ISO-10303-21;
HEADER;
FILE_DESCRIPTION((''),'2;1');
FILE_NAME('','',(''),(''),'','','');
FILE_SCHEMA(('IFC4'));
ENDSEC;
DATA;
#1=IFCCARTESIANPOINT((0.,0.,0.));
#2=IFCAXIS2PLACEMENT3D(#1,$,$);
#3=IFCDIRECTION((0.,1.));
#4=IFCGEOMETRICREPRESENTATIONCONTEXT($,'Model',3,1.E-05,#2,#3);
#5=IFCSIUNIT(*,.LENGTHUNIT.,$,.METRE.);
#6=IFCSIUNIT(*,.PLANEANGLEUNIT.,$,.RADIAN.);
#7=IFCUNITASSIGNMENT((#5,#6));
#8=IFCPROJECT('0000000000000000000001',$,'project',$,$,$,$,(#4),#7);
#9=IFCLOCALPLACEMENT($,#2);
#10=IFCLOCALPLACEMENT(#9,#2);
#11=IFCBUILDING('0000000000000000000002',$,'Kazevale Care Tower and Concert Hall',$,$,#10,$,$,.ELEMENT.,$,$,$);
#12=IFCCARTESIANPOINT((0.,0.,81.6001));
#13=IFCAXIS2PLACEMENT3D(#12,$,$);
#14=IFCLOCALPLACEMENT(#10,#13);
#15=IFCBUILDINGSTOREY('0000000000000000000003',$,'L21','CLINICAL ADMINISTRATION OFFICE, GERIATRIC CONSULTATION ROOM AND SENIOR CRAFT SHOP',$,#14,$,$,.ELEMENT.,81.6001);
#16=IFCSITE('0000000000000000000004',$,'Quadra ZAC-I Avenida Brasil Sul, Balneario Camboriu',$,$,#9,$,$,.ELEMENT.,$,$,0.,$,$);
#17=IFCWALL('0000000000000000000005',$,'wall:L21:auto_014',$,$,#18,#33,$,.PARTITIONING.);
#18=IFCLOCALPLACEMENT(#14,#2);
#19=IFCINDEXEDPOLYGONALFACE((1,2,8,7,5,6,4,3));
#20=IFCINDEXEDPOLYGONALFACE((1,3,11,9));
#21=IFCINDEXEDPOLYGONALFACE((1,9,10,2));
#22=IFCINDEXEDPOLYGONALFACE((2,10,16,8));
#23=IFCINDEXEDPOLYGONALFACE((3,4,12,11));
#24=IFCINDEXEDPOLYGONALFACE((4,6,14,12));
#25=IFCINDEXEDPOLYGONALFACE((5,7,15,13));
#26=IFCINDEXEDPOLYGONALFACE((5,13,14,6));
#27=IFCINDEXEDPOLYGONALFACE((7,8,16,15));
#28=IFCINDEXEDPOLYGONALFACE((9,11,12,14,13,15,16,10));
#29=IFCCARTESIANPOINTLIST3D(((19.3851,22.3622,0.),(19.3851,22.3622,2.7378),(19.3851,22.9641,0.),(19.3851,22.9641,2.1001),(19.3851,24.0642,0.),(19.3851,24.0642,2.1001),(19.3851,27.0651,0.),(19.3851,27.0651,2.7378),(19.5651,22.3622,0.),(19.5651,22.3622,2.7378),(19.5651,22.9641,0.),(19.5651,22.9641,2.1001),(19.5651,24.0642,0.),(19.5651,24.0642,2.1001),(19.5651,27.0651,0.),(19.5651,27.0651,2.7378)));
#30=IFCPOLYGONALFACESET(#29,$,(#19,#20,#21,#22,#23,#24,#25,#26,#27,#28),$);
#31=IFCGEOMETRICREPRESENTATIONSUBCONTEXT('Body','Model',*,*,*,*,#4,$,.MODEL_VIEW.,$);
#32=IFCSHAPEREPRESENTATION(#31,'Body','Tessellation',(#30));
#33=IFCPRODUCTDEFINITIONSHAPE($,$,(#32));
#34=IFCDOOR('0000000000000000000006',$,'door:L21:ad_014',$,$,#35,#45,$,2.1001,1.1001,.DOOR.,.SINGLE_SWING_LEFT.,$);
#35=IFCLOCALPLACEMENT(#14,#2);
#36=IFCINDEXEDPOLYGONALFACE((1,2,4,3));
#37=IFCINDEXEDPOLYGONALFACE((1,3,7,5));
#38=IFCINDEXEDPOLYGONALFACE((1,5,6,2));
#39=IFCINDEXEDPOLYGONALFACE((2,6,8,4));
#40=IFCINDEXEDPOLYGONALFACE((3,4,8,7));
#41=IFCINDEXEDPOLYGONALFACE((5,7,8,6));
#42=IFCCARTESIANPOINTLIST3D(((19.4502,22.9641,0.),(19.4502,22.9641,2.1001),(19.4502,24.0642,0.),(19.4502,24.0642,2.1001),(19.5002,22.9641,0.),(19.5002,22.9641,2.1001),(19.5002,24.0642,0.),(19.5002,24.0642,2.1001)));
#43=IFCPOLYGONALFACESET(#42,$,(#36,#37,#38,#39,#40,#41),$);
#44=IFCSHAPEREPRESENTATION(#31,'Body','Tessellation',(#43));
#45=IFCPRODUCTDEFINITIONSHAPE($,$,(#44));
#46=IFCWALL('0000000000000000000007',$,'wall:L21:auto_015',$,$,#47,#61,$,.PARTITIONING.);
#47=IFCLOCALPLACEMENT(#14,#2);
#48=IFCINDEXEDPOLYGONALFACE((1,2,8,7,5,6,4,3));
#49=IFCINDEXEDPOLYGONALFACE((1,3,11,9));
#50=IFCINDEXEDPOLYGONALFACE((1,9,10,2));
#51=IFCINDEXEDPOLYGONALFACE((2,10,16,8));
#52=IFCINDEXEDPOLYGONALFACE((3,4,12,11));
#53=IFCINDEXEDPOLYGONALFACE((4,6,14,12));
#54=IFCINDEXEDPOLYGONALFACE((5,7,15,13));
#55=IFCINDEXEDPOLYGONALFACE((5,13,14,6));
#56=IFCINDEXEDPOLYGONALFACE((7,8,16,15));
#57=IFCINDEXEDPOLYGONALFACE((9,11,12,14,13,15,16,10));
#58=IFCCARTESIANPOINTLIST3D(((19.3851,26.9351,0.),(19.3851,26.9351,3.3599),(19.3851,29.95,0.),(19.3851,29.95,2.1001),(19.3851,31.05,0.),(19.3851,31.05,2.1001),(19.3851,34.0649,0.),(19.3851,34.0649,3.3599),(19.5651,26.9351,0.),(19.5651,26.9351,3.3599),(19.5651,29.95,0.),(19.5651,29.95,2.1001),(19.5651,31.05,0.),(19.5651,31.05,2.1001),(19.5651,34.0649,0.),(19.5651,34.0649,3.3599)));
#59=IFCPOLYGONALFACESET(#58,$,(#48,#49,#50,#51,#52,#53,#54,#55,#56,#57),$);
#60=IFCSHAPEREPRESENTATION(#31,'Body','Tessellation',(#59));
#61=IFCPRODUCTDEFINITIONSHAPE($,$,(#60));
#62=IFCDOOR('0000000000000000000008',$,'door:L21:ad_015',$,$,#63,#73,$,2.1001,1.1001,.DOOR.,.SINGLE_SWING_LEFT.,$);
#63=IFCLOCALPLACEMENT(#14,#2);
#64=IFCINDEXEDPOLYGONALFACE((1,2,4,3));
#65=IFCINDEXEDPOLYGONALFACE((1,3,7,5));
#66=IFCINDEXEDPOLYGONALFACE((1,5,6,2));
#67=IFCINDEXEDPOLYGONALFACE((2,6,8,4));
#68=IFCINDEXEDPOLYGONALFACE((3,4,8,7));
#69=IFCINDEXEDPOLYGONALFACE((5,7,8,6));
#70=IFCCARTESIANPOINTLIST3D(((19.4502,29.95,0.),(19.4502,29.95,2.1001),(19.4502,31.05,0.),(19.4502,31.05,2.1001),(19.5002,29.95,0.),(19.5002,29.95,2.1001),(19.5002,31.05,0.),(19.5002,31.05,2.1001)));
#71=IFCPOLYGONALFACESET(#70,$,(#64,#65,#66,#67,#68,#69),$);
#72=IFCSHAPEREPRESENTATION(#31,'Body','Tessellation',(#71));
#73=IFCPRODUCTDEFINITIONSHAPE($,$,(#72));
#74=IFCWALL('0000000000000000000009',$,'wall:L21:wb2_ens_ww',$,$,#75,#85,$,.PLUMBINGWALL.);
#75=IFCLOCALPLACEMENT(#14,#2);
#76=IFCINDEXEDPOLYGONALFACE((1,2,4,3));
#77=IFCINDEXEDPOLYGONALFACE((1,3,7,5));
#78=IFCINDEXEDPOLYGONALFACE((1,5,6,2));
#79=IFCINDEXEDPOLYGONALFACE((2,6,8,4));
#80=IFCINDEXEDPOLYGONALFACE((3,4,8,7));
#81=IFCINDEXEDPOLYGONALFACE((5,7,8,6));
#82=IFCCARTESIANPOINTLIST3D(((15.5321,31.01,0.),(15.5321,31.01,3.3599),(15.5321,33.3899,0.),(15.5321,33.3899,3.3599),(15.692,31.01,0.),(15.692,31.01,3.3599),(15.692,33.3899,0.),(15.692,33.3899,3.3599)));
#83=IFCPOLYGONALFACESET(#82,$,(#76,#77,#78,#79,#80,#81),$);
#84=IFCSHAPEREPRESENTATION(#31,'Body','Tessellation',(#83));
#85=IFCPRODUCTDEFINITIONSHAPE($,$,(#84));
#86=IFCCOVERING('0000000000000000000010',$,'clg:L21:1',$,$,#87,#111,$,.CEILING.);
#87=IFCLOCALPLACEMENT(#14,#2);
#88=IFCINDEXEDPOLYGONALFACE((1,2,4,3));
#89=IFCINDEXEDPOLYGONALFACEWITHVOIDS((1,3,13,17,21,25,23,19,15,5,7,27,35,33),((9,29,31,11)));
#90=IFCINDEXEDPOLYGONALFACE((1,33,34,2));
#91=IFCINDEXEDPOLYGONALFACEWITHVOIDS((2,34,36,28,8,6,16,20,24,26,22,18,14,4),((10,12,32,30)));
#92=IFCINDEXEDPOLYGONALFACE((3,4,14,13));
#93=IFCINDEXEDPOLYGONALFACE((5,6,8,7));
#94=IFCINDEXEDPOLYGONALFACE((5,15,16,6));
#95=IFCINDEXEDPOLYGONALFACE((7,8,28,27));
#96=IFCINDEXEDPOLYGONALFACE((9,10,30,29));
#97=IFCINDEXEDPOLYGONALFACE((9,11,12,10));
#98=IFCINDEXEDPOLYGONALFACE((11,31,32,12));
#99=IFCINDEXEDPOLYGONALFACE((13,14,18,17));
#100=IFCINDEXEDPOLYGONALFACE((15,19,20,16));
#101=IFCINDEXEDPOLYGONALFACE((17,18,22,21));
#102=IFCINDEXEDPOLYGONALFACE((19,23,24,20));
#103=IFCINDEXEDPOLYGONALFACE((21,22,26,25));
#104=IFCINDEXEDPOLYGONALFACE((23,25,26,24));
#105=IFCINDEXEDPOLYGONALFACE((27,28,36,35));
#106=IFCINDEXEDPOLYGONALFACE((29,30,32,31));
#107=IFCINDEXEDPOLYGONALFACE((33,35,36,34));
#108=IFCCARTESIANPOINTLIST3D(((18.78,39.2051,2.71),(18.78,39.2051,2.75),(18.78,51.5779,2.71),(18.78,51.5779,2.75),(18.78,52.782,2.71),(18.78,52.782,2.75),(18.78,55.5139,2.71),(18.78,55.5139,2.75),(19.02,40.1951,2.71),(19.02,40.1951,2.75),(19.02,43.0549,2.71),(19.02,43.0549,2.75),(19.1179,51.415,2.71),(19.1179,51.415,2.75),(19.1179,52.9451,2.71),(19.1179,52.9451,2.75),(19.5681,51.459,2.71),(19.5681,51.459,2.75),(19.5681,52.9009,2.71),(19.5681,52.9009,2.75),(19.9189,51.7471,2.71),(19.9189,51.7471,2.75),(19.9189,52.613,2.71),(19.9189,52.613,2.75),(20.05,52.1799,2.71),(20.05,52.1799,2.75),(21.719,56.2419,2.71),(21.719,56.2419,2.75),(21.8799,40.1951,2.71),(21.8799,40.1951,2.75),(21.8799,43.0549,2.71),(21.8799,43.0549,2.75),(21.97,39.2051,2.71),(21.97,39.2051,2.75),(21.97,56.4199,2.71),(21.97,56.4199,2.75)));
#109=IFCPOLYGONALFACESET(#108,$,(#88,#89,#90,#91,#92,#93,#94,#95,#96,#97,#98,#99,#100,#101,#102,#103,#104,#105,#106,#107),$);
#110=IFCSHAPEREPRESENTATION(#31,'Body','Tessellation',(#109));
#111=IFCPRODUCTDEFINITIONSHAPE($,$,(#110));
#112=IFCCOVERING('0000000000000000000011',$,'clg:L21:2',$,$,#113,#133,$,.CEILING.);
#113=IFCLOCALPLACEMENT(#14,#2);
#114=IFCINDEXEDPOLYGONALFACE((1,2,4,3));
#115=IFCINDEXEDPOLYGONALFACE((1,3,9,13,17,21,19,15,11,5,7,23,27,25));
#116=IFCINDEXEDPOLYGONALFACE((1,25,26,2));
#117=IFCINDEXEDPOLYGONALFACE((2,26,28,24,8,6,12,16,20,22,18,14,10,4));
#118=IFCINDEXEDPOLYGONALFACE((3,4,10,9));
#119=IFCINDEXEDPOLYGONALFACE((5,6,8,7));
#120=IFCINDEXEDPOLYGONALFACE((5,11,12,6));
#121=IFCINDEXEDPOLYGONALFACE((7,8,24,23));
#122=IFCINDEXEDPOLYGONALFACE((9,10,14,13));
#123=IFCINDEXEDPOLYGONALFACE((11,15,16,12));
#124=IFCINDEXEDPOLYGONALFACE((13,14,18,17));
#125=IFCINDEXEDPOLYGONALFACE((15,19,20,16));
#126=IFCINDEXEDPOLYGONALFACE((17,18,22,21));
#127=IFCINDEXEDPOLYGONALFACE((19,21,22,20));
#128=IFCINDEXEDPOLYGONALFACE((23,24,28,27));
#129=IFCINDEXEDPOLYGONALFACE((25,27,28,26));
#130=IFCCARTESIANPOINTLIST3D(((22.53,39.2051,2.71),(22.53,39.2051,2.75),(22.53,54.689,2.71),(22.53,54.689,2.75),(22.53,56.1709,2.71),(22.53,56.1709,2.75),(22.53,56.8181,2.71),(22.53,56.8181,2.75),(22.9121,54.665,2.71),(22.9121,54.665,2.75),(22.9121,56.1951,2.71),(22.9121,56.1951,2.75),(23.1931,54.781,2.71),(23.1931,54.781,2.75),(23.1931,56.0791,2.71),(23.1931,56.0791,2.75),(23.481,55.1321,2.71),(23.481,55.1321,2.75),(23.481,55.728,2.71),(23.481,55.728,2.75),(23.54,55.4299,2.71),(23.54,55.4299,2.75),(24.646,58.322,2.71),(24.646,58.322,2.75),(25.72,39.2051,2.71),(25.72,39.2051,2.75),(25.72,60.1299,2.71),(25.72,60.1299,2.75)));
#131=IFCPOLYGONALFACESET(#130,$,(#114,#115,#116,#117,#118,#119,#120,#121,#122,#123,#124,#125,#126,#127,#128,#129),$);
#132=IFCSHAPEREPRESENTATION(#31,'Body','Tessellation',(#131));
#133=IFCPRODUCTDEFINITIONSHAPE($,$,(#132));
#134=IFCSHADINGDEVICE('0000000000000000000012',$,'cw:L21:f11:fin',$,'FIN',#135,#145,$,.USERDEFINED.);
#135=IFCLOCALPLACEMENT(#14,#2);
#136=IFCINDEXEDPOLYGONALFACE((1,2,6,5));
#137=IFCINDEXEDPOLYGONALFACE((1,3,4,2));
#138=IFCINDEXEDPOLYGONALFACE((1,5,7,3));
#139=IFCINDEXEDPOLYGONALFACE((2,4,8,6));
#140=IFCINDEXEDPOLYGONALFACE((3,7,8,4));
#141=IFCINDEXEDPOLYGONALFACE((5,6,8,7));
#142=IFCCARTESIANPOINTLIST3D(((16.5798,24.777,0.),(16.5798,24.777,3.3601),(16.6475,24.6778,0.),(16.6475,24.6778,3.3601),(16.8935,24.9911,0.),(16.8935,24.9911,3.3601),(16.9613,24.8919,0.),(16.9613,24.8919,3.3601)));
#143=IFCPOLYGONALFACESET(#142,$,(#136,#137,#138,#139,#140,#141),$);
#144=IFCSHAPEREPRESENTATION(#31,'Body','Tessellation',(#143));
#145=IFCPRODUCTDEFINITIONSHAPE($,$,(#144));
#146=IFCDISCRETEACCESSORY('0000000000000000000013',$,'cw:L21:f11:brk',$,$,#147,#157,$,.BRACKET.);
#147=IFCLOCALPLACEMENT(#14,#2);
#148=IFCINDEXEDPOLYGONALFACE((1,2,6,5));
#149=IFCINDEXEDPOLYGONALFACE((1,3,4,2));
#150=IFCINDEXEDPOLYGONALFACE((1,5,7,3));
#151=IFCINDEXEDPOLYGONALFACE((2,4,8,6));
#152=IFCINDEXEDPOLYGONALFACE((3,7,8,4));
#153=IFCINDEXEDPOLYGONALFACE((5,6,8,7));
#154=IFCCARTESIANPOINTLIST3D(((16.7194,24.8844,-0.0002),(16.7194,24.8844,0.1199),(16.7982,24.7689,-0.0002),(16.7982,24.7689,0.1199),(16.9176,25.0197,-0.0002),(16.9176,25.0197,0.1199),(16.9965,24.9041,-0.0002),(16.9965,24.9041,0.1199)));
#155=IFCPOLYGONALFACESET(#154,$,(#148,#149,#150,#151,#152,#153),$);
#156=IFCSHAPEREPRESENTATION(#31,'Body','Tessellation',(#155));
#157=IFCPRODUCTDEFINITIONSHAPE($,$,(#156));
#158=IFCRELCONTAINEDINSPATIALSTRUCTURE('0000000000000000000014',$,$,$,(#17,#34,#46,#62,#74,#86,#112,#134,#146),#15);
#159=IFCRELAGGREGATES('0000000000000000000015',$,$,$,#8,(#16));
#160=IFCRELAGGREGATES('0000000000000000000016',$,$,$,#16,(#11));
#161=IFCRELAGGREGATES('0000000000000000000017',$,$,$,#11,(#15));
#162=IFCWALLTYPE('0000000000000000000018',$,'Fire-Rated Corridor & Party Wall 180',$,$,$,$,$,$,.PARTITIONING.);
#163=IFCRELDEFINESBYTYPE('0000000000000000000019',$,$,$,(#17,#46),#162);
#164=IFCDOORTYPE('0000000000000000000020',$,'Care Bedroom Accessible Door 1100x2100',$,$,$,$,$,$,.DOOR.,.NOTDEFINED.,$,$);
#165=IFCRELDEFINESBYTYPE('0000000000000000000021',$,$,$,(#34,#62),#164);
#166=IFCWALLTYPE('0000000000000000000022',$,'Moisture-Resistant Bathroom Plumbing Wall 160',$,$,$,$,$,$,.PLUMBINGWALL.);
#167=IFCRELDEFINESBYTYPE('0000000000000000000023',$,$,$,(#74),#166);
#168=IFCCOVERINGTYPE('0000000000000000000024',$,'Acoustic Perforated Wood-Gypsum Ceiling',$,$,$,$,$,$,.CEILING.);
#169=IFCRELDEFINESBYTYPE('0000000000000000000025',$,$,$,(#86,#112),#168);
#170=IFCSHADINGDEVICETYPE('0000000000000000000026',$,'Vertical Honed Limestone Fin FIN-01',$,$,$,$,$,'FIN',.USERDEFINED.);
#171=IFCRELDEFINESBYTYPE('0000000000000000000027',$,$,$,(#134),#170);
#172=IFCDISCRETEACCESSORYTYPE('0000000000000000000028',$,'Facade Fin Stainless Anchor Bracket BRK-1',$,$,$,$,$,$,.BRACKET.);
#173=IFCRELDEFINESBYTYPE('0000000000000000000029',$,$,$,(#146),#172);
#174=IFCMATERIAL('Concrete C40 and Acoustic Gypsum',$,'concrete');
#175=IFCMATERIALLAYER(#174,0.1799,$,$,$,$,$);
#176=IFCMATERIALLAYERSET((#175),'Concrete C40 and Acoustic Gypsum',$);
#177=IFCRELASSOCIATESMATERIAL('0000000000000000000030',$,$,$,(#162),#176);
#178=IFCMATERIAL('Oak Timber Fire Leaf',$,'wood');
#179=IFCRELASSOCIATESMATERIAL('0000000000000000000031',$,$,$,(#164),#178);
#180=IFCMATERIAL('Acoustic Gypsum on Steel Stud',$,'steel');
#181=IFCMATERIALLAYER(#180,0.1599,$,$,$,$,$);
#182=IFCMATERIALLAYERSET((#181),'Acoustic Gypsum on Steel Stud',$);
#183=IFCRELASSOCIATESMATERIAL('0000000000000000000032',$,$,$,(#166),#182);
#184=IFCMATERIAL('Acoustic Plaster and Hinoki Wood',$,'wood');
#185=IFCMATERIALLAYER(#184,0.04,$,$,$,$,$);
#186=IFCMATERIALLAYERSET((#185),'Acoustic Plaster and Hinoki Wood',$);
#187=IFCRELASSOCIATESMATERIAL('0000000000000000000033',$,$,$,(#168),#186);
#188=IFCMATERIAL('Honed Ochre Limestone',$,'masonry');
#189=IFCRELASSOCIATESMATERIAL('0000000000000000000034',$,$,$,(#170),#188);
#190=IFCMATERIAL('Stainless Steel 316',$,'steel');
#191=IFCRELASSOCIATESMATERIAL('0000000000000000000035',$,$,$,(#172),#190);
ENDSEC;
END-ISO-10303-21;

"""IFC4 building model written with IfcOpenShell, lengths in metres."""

from ifc_helpers import new_model, si_unit, direction, frame, frame_2d, origin, origin_2d, place, context, subcontext, project, spatial, polyline, rectangle, outline, extrude, material, layer, layer_set, type_object, element, fill, save


model = new_model("IFC4")

# Units and contexts
model_context = context("Model", 3, precision=1e-05, world=origin(), true_north=direction((0.0, 1.0)))
body_context = subcontext(model_context, "Body", "Model", "MODEL_VIEW")
ifc_project = project(units=[si_unit("LENGTHUNIT", "METRE"), si_unit("PLANEANGLEUNIT", "RADIAN")], contexts=[model_context])

# Site, building, storey
site_placement = place(None, origin())
site = spatial("IfcSite", under=ifc_project, at=site_placement, Name="Quadra ZAC-I Avenida Brasil Sul, Balneario Camboriu", CompositionType="ELEMENT", RefElevation=0.0)
building_placement = place(site_placement, origin())
building = spatial("IfcBuilding", under=site, at=building_placement, Name="Kazevale Care Tower and Concert Hall", CompositionType="ELEMENT")
storey_placement = place(building_placement, frame((0.0, 0.0, 81.6001)))
storey = spatial("IfcBuildingStorey", under=building, at=storey_placement, Name="L21", Description="CLINICAL ADMINISTRATION OFFICE, GERIATRIC CONSULTATION ROOM AND SENIOR CRAFT SHOP", CompositionType="ELEMENT", Elevation=81.6001)

# Shared definitions
ifc_material_1 = material(Name="Acoustic Gypsum on Steel Stud", Category="steel")

# Walls, openings, doors
ifc_material_2 = material(Name="Concrete C40 and Acoustic Gypsum", Category="concrete")
ifc_layer_1 = layer(ifc_material_2, 0.1799)
ifc_layer_set_1 = layer_set([ifc_layer_1], Name="Concrete C40 and Acoustic Gypsum")
wall_type_1 = type_object("IfcWallType", Name="Fire-Rated Corridor & Party Wall 180", PredefinedType="PARTITIONING", material=ifc_layer_set_1)
wall_1_placement = place(storey_placement, frame((19.4751, 22.3621, 0.0), z_axis=(0.0, 0.0, 1.0), x_axis=(0.0, 1.0, 0.0)))
wall_1 = element("IfcWall", 1, at=wall_1_placement, inside=storey, type_object=wall_type_1, Name="wall:L21:auto_014", PredefinedType="PARTITIONING", context=body_context, shape_type="SweptSolid", body=[
    extrude(rectangle(XDim=4.7029, YDim=0.1799, at=frame_2d((2.3516, 0.0))), origin(), (0.0, 0.0, 1.0), 2.7378),
])
opening_1_placement = place(wall_1_placement, frame((0.6021, 0.0, 0.0)))
opening_1 = element("IfcOpeningElement", 2, at=opening_1_placement, cuts=wall_1, PredefinedType="OPENING", context=body_context, shape_type="SweptSolid", body=[
    extrude(rectangle(XDim=1.1001, YDim=2.1001, at=frame_2d((0.55, 1.05))), frame((0.0, 0.0999, 0.0), z_axis=(0.0, -1.0, 0.0), x_axis=(1.0, 0.0, 0.0)), (0.0, 0.0, 1.0), 0.2),
])
ifc_material_3 = material(Name="Oak Timber Fire Leaf", Category="wood")
door_type = type_object("IfcDoorType", Name="Care Bedroom Accessible Door 1100x2100", OperationType="NOTDEFINED", PredefinedType="DOOR", material=ifc_material_3)
door_1_placement = place(opening_1_placement, origin())
door_1 = element("IfcDoor", 3, at=door_1_placement, inside=storey, type_object=door_type, Name="door:L21:ad_014", OperationType="SINGLE_SWING_LEFT", OverallHeight=2.1001, OverallWidth=1.1001, PredefinedType="DOOR", context=body_context, shape_type="SweptSolid", body=[
    extrude(rectangle(XDim=1.1001, YDim=2.1001, at=frame_2d((0.55, 1.05))), frame((0.0, 0.0249, 0.0), z_axis=(0.0, -1.0, 0.0), x_axis=(1.0, 0.0, 0.0)), (0.0, 0.0, 1.0), 0.05),
])
fill(opening_1, door_1)
wall_2_placement = place(storey_placement, frame((19.4751, 26.9351, 0.0), z_axis=(0.0, 0.0, 1.0), x_axis=(0.0, 1.0, 0.0)))
wall_2 = element("IfcWall", 4, at=wall_2_placement, inside=storey, type_object=wall_type_1, Name="wall:L21:auto_015", PredefinedType="PARTITIONING", context=body_context, shape_type="SweptSolid", body=[
    extrude(rectangle(XDim=7.1299, YDim=0.1799, at=frame_2d((3.5649, 0.0))), origin(), (0.0, 0.0, 1.0), 3.3599),
])
opening_2_placement = place(wall_2_placement, frame((3.0149, 0.0, 0.0)))
opening_2 = element("IfcOpeningElement", 5, at=opening_2_placement, cuts=wall_2, PredefinedType="OPENING", context=body_context, shape_type="SweptSolid", body=[
    extrude(rectangle(XDim=1.1001, YDim=2.1001, at=frame_2d((0.55, 1.05))), frame((0.0, 0.0999, 0.0), z_axis=(0.0, -1.0, 0.0), x_axis=(1.0, 0.0, 0.0)), (0.0, 0.0, 1.0), 0.2),
])
door_2_placement = place(opening_2_placement, origin())
door_2 = element("IfcDoor", 6, at=door_2_placement, inside=storey, type_object=door_type, Name="door:L21:ad_015", OperationType="SINGLE_SWING_LEFT", OverallHeight=2.1001, OverallWidth=1.1001, PredefinedType="DOOR", context=body_context, shape_type="SweptSolid", body=[
    extrude(rectangle(XDim=1.1001, YDim=2.1001, at=frame_2d((0.55, 1.05))), frame((0.0, 0.0249, 0.0), z_axis=(0.0, -1.0, 0.0), x_axis=(1.0, 0.0, 0.0)), (0.0, 0.0, 1.0), 0.05),
])
fill(opening_2, door_2)

# Wall
ifc_layer_2 = layer(ifc_material_1, 0.1599)
ifc_layer_set_2 = layer_set([ifc_layer_2], Name="Acoustic Gypsum on Steel Stud")
wall_type_2 = type_object("IfcWallType", Name="Moisture-Resistant Bathroom Plumbing Wall 160", PredefinedType="PLUMBINGWALL", material=ifc_layer_set_2)
wall_3_placement = place(storey_placement, frame((15.6121, 31.01, 0.0), z_axis=(0.0, 0.0, 1.0), x_axis=(0.0, 1.0, 0.0)))
element("IfcWall", 7, at=wall_3_placement, inside=storey, type_object=wall_type_2, Name="wall:L21:wb2_ens_ww", PredefinedType="PLUMBINGWALL", context=body_context, shape_type="SweptSolid", body=[
    extrude(rectangle(XDim=2.3799, YDim=0.1599, at=frame_2d((1.1899, 0.0))), origin(), (0.0, 0.0, 1.0), 3.3599),
])

# Coverings
ifc_material_4 = material(Name="Acoustic Plaster and Hinoki Wood", Category="wood")
ifc_layer_3 = layer(ifc_material_4, 0.04)
ifc_layer_set_3 = layer_set([ifc_layer_3], Name="Acoustic Plaster and Hinoki Wood")
covering_type = type_object("IfcCoveringType", Name="Acoustic Perforated Wood-Gypsum Ceiling", PredefinedType="CEILING", material=ifc_layer_set_3)
covering_1_placement = place(storey_placement, frame((0.0, 0.0, 2.71)))
element("IfcCovering", 8, at=covering_1_placement, inside=storey, type_object=covering_type, Name="clg:L21:1", PredefinedType="CEILING", context=body_context, shape_type="SweptSolid", body=[
    extrude(outline(polyline([(21.97, 56.4199), (21.97, 39.2051), (18.78, 39.2051), (18.78, 51.5779), (19.1179, 51.415), (19.5681, 51.459), (19.9189, 51.7471), (20.05, 52.1799), (19.9189, 52.613), (19.5681, 52.9009), (19.1179, 52.9451), (18.78, 52.782), (18.78, 55.5139), (21.719, 56.2419), (21.97, 56.4199)]), holes=[polyline([(19.02, 43.0549), (19.02, 40.1951), (21.8799, 40.1951), (21.8799, 43.0549), (19.02, 43.0549)])]), origin(), (0.0, 0.0, 1.0), 0.04),
])
covering_2_placement = place(storey_placement, frame((0.0, 0.0, 2.71)))
element("IfcCovering", 9, at=covering_2_placement, inside=storey, type_object=covering_type, Name="clg:L21:2", PredefinedType="CEILING", context=body_context, shape_type="SweptSolid", body=[
    extrude(outline(polyline([(22.53, 39.2051), (22.53, 54.689), (22.9121, 54.665), (23.1931, 54.781), (23.481, 55.1321), (23.54, 55.4299), (23.481, 55.728), (23.1931, 56.0791), (22.9121, 56.1951), (22.53, 56.1709), (22.53, 56.8181), (24.646, 58.322), (25.72, 60.1299), (25.72, 39.2051), (22.53, 39.2051)])), origin(), (0.0, 0.0, 1.0), 0.04),
])

# Shading device
ifc_material_5 = material(Name="Honed Ochre Limestone", Category="masonry")
shading_device_type = type_object("IfcShadingDeviceType", Name="Vertical Honed Limestone Fin FIN-01", ElementType="FIN", PredefinedType="USERDEFINED", material=ifc_material_5)
shading_device_placement = place(storey_placement, frame((16.7705, 24.8345, 0.0), z_axis=(0.0, 0.0, 1.0), x_axis=(-0.826, -0.56367, 0.0)))
element("IfcShadingDevice", 10, at=shading_device_placement, inside=storey, type_object=shading_device_type, Name="cw:L21:f11:fin", ObjectType="FIN", PredefinedType="USERDEFINED", context=body_context, shape_type="SweptSolid", body=[
    extrude(rectangle(XDim=0.3799, YDim=0.1201, at=origin_2d()), origin(), (0.0, 0.0, 1.0), 3.3601),
])

# Discrete accessory
ifc_material_6 = material(Name="Stainless Steel 316", Category="steel")
discrete_accessory_type = type_object("IfcDiscreteAccessoryType", Name="Facade Fin Stainless Anchor Bracket BRK-1", PredefinedType="BRACKET", material=ifc_material_6)
discrete_accessory_placement = place(storey_placement, frame((16.8579, 24.8943, -0.0002), z_axis=(0.0, 0.0, 1.0), x_axis=(-0.826, -0.56367, 0.0)))
element("IfcDiscreteAccessory", 11, at=discrete_accessory_placement, inside=storey, type_object=discrete_accessory_type, Name="cw:L21:f11:brk", PredefinedType="BRACKET", context=body_context, shape_type="SweptSolid", body=[
    extrude(rectangle(XDim=0.24, YDim=0.1399, at=origin_2d()), origin(), (0.0, 0.0, 1.0), 0.1201),
])

save(model, "model.ifc")
